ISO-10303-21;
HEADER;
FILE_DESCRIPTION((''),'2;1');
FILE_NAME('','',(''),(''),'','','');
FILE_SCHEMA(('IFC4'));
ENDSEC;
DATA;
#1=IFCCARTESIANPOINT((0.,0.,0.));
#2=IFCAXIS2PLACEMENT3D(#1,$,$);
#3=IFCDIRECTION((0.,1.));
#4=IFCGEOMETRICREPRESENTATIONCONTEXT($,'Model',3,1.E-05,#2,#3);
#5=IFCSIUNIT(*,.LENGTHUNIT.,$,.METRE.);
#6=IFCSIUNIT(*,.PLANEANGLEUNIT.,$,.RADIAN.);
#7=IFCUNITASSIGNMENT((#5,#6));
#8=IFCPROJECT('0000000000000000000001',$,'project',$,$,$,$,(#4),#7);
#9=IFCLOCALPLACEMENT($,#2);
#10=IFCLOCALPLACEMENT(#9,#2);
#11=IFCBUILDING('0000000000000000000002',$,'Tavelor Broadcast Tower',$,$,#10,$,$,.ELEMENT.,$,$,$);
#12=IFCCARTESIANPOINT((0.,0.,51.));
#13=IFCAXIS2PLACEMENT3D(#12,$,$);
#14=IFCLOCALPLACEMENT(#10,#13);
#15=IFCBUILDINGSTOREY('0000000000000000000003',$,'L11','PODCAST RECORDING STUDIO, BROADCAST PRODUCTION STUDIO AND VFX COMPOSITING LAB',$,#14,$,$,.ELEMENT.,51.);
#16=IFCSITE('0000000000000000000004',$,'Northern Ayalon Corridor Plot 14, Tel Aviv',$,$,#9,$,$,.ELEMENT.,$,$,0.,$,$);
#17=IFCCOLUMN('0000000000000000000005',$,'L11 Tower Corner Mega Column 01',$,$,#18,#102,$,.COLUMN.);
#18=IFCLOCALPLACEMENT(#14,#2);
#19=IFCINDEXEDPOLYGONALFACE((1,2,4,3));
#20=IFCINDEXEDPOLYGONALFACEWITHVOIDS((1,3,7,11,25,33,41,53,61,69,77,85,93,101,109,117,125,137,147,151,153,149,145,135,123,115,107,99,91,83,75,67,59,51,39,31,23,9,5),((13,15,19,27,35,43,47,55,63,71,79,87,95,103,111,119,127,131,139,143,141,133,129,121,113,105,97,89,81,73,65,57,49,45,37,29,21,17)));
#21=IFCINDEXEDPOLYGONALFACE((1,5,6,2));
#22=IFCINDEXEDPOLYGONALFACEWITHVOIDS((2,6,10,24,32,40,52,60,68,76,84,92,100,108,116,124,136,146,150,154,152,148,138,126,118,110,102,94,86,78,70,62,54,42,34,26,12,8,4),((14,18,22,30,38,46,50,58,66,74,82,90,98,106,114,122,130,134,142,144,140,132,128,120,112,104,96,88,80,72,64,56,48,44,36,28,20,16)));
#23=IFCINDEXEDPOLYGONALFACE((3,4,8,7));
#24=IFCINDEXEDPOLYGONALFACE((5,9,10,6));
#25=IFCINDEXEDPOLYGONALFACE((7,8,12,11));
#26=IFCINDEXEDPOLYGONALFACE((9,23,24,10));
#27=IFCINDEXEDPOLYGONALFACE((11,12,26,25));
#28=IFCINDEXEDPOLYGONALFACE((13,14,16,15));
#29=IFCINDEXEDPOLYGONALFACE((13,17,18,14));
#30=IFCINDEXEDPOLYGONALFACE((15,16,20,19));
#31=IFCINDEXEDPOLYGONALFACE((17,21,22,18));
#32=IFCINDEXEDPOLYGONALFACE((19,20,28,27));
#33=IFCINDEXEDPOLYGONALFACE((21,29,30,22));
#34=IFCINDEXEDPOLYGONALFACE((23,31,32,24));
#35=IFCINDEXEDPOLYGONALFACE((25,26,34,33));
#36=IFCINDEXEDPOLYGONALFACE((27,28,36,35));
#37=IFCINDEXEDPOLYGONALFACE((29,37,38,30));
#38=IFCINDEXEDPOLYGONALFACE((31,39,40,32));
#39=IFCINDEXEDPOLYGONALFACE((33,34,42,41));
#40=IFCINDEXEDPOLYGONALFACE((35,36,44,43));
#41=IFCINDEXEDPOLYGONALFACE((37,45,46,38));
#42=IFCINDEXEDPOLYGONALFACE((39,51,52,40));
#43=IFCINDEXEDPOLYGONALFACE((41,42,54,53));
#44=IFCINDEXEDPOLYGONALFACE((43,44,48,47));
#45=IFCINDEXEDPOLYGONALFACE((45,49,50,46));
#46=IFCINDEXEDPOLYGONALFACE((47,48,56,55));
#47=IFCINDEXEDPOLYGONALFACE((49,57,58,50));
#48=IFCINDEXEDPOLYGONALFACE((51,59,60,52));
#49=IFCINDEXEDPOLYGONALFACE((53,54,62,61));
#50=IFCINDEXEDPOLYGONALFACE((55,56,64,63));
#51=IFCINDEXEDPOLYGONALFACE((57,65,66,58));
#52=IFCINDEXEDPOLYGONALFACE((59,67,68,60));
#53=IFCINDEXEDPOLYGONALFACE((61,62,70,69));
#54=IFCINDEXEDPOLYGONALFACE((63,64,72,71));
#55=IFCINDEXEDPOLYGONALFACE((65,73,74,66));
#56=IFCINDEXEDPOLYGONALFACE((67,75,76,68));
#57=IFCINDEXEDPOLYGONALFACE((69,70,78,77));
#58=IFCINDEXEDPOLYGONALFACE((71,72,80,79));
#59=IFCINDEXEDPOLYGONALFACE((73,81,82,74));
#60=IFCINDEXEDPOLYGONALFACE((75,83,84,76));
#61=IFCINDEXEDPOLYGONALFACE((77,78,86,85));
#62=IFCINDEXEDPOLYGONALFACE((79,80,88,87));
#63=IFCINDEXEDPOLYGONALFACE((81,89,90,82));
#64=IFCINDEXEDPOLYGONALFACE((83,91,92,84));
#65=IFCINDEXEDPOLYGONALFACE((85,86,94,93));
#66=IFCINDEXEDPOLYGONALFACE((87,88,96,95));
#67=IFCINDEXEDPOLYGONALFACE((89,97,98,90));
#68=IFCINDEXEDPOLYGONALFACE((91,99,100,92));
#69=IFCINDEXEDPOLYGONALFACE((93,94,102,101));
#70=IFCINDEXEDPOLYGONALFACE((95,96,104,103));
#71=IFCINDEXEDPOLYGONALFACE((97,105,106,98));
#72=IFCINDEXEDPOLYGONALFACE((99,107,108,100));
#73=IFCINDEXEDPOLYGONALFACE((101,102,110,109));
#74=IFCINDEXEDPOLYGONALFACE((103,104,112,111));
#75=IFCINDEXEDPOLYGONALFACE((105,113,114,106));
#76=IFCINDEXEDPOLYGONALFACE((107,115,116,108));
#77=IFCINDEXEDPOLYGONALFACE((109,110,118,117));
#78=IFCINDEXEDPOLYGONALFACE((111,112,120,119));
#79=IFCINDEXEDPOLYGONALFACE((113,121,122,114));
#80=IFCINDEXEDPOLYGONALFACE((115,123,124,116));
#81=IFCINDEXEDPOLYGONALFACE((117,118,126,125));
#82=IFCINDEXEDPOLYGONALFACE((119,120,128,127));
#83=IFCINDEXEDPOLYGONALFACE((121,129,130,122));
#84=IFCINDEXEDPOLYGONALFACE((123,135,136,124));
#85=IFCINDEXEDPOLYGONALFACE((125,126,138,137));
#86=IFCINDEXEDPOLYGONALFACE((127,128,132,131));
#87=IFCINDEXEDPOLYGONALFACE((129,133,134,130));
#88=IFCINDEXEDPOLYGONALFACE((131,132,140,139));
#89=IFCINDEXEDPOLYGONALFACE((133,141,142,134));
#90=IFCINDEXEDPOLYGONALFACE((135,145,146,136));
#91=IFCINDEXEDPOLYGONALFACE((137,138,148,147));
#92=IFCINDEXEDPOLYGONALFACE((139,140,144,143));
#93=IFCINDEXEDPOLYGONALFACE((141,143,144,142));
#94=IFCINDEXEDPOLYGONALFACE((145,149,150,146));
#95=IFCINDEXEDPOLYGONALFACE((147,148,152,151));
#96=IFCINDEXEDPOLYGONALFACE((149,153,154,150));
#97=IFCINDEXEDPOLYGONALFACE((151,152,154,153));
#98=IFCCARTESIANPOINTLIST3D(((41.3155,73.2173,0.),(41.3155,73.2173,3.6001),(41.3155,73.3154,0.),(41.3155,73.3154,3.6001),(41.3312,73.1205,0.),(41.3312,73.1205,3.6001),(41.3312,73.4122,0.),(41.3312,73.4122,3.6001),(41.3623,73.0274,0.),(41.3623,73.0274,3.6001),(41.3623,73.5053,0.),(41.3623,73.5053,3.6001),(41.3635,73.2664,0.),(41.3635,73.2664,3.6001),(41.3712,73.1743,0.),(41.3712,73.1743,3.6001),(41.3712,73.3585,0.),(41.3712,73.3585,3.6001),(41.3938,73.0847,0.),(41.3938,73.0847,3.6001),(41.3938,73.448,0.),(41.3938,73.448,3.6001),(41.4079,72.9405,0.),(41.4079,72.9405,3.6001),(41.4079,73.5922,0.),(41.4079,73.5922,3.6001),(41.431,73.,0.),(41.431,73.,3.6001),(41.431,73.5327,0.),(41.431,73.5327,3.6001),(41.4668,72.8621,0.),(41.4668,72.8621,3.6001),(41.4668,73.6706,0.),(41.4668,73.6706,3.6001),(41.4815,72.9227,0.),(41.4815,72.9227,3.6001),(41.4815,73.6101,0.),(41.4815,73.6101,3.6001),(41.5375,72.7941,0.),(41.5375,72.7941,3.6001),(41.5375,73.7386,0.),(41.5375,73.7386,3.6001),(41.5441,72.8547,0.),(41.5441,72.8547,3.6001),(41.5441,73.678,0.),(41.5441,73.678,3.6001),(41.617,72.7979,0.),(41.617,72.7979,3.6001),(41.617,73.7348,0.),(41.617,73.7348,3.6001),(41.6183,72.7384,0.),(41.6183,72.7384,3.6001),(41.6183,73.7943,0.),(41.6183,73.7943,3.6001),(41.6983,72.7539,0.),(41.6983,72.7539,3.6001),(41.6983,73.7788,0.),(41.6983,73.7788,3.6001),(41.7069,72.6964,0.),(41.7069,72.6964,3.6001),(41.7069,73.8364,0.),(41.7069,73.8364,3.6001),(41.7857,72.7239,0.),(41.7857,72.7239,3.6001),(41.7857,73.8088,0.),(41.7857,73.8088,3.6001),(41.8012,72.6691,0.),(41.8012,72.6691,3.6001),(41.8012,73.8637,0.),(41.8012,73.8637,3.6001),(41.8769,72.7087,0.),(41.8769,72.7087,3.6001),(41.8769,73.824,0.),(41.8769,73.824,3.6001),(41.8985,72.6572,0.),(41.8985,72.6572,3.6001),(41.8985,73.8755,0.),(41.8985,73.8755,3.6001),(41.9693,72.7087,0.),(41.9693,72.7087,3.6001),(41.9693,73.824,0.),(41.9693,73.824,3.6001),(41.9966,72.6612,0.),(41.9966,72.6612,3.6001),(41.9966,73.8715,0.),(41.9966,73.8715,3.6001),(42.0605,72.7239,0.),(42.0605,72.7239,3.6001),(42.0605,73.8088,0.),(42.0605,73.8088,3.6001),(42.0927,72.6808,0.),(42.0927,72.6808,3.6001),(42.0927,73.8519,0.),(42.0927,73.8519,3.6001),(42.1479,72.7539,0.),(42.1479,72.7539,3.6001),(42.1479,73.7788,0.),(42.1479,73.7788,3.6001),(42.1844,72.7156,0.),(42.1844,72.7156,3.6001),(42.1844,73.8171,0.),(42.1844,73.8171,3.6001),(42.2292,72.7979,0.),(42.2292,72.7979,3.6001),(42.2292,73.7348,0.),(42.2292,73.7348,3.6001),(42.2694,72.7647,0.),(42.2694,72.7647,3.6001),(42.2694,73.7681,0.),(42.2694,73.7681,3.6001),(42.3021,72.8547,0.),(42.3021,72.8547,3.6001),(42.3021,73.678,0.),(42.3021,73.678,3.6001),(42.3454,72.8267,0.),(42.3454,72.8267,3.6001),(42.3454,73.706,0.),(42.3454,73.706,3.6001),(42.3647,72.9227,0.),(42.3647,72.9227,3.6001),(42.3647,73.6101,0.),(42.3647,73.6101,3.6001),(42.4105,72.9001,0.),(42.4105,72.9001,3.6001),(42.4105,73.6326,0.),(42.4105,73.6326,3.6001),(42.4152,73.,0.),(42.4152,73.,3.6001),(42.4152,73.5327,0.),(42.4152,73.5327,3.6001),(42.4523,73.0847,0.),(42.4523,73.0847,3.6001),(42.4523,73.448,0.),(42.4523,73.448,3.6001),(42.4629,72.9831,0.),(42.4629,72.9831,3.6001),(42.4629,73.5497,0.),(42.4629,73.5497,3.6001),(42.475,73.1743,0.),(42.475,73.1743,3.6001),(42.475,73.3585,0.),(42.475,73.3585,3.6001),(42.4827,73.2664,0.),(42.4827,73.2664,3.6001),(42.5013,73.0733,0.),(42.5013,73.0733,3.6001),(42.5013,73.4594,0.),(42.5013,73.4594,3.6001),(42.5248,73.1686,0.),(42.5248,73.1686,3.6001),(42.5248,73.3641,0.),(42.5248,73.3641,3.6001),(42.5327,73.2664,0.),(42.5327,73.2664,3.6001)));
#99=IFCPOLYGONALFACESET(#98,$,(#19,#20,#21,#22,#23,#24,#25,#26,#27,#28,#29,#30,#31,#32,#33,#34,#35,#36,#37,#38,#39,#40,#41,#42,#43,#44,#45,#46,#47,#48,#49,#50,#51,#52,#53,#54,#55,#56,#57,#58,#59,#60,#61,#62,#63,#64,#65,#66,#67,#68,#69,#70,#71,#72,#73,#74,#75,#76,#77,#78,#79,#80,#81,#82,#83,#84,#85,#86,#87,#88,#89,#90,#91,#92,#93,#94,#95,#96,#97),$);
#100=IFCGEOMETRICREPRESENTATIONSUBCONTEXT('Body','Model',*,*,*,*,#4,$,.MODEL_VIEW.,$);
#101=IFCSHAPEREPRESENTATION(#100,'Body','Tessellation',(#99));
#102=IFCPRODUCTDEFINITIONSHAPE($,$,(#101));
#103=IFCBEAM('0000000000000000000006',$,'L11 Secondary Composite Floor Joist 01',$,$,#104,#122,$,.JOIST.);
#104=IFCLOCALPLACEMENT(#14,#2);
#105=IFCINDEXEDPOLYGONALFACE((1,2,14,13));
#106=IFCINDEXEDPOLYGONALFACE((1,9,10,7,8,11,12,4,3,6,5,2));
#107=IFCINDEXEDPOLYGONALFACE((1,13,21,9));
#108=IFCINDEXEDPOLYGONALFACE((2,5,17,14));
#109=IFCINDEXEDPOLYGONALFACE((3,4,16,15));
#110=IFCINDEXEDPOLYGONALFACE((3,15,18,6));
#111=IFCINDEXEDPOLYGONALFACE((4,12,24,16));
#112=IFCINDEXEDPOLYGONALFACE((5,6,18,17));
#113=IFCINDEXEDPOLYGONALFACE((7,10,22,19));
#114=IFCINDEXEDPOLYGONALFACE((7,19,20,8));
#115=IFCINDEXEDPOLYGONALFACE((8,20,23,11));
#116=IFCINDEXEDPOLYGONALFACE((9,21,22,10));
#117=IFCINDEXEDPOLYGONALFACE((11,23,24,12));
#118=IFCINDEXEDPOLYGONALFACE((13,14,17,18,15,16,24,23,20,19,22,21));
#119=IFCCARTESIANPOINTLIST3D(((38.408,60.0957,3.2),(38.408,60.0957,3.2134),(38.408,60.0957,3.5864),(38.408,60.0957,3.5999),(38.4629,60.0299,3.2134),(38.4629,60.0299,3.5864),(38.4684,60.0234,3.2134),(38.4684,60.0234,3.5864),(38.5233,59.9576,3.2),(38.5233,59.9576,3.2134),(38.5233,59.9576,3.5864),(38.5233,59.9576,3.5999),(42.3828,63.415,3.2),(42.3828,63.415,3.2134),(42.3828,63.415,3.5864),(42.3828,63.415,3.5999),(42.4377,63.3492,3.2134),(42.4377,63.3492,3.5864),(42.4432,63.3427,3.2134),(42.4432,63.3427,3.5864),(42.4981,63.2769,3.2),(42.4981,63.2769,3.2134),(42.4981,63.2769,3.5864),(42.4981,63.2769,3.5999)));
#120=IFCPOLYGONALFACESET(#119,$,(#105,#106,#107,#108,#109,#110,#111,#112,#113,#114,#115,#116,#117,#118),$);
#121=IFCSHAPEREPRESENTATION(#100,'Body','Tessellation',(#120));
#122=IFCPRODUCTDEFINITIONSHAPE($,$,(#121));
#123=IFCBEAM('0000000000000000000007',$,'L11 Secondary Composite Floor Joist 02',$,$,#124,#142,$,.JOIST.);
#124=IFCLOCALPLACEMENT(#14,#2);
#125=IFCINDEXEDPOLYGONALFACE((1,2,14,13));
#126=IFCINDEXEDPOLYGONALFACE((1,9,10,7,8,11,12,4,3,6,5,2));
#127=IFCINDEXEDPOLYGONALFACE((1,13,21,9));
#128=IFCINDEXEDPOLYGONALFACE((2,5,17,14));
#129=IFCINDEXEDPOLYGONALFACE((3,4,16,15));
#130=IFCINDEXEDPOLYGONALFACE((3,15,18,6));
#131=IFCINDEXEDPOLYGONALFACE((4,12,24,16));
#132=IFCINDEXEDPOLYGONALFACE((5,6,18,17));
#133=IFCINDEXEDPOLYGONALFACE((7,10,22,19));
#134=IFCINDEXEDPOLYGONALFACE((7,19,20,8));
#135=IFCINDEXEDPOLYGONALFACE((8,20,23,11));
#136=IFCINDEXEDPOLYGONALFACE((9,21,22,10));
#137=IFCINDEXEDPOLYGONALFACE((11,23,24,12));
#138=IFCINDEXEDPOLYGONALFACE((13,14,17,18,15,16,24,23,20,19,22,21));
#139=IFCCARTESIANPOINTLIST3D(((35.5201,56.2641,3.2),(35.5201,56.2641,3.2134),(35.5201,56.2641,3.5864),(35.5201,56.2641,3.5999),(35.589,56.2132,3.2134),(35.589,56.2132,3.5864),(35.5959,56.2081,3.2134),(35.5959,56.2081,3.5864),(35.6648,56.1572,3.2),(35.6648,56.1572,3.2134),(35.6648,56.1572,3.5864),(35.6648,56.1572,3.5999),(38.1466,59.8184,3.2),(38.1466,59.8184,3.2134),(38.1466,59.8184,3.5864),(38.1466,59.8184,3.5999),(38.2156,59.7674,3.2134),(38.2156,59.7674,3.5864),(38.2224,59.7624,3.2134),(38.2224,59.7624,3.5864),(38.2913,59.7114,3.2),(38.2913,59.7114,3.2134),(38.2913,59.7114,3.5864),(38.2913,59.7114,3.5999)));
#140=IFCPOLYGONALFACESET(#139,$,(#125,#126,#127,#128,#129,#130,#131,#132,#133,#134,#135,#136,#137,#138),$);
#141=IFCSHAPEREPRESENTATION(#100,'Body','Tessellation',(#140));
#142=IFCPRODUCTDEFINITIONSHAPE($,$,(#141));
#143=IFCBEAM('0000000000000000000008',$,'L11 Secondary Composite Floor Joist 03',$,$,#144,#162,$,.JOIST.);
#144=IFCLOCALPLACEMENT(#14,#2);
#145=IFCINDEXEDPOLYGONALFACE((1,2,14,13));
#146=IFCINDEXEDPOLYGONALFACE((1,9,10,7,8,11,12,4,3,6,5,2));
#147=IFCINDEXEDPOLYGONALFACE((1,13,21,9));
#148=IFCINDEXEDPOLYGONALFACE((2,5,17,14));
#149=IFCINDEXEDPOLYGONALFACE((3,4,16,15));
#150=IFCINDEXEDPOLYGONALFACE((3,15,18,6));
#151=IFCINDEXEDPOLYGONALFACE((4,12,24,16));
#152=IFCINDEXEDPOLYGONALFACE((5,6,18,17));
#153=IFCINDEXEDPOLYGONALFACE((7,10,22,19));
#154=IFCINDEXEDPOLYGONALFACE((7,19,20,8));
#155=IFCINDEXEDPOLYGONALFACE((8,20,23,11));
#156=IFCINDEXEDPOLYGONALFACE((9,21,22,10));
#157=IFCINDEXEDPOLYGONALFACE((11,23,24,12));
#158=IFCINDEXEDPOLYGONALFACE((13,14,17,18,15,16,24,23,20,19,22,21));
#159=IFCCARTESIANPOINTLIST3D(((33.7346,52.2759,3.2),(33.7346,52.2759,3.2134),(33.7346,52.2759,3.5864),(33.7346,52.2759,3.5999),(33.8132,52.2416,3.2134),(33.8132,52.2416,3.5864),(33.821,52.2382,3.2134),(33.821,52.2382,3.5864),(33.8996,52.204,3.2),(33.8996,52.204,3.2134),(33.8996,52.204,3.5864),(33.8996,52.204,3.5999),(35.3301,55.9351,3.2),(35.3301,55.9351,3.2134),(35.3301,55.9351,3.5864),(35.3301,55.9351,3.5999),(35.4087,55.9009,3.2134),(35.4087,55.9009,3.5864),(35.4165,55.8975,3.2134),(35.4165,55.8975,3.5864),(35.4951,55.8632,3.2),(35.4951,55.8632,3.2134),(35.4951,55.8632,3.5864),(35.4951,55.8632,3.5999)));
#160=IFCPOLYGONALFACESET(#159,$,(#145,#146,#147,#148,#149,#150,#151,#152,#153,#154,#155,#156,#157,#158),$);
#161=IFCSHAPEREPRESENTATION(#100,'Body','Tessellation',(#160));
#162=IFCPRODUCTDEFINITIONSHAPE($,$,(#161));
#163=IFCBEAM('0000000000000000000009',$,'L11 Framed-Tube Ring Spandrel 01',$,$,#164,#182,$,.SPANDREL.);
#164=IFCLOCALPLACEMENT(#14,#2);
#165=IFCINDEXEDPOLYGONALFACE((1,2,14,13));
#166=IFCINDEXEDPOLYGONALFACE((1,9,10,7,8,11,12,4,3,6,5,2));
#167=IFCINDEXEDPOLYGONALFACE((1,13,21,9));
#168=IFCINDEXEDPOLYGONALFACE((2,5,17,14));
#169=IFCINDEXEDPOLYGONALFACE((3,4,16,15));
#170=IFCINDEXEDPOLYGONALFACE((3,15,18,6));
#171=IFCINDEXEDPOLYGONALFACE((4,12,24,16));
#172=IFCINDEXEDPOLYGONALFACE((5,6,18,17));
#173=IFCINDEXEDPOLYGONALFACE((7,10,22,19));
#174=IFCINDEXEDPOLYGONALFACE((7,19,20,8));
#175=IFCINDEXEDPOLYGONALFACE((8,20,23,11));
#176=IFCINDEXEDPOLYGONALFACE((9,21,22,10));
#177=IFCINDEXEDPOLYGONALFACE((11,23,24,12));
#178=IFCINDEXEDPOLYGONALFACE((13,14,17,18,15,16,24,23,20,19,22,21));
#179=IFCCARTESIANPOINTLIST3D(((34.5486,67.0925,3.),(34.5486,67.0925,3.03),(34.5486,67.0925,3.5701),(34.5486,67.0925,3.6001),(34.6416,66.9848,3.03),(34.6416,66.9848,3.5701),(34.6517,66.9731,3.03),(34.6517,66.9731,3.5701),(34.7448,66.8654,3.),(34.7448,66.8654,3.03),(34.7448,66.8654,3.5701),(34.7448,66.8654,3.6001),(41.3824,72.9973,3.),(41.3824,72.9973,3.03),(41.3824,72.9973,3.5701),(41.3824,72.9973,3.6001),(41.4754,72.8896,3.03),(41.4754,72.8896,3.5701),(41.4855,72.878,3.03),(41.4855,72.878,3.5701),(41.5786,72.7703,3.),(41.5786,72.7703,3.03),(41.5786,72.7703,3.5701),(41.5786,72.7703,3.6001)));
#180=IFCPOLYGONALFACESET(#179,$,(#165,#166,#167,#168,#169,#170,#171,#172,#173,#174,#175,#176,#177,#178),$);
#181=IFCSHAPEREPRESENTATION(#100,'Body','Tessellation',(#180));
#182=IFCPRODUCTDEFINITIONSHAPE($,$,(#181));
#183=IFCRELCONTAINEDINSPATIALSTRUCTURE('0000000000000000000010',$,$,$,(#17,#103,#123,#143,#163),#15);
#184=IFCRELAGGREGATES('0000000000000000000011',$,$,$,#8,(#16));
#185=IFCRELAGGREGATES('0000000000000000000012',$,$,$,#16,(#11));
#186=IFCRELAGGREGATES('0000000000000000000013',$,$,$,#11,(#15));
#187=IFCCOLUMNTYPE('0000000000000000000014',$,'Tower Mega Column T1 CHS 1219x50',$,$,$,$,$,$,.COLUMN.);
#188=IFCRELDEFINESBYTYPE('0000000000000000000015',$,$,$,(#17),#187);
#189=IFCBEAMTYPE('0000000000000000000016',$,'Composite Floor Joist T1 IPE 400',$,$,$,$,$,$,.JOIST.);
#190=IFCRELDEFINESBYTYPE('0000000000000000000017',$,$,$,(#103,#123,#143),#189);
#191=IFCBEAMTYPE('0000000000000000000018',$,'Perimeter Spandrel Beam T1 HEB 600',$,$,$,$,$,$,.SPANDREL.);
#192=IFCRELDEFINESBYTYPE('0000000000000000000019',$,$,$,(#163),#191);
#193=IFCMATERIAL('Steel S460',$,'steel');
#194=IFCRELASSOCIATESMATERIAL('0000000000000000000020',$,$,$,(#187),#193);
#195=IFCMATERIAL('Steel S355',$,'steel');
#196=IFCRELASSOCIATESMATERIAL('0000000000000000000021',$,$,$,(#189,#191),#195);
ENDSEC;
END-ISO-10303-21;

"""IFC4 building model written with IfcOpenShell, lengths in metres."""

from ifc_helpers import new_model, si_unit, direction, frame, origin, origin_2d, place, context, subcontext, project, spatial, hollow_circle, i_section, extrude, material, material_profile, profile_set, type_object, element, save


model = new_model("IFC4")

# Units and contexts
model_context = context("Model", 3, precision=1e-05, world=origin(), true_north=direction((0.0, 1.0)))
body_context = subcontext(model_context, "Body", "Model", "MODEL_VIEW")
ifc_project = project(units=[si_unit("LENGTHUNIT", "METRE"), si_unit("PLANEANGLEUNIT", "RADIAN")], contexts=[model_context])

# Site, building, storey
site_placement = place(None, origin())
site = spatial("IfcSite", under=ifc_project, at=site_placement, Name="Northern Ayalon Corridor Plot 14, Tel Aviv", CompositionType="ELEMENT", RefElevation=0.0)
building_placement = place(site_placement, origin())
building = spatial("IfcBuilding", under=site, at=building_placement, Name="Tavelor Broadcast Tower", CompositionType="ELEMENT")
storey_placement = place(building_placement, frame((0.0, 0.0, 51.0)))
storey = spatial("IfcBuildingStorey", under=building, at=storey_placement, Name="L11", Description="PODCAST RECORDING STUDIO, BROADCAST PRODUCTION STUDIO AND VFX COMPOSITING LAB", CompositionType="ELEMENT", Elevation=51.0)

# Column
ifc_material_1 = material(Name="Steel S460", Category="steel")
ifc_material_profile_1 = material_profile(ifc_material_1, hollow_circle(Radius=0.6096, WallThickness=0.05, at=origin_2d()), Name="CHS 1219x50")
ifc_profile_set_1 = profile_set([ifc_material_profile_1], Name="Steel S460")
column_type = type_object("IfcColumnType", Name="Tower Mega Column T1 CHS 1219x50", PredefinedType="COLUMN", material=ifc_profile_set_1)
column_placement = place(storey_placement, frame((41.9231, 73.2664, 0.0), z_axis=(0.0, 0.0, 1.0), x_axis=(1.0, 0.0, 0.0)))
element("IfcColumn", 1, at=column_placement, inside=storey, type_object=column_type, Name="L11 Tower Corner Mega Column 01", PredefinedType="COLUMN", context=body_context, shape_type="SweptSolid", body=[
    extrude(hollow_circle(Radius=0.6096, WallThickness=0.05, at=origin_2d()), origin(), (0.0, 0.0, 1.0), 3.6001),
])

# Beams
ifc_material_2 = material(Name="Steel S355", Category="steel")
ifc_material_profile_2 = material_profile(ifc_material_2, i_section(OverallWidth=0.1799, OverallDepth=0.3999, WebThickness=0.0085, FlangeThickness=0.0134, at=origin_2d()), Name="IPE 400")
ifc_profile_set_2 = profile_set([ifc_material_profile_2], Name="Steel S355")
beam_type_1 = type_object("IfcBeamType", Name="Composite Floor Joist T1 IPE 400", PredefinedType="JOIST", material=ifc_profile_set_2)
beam_1_placement = place(storey_placement, frame((42.4404, 63.3459, 3.3999), z_axis=(-0.76756, -0.640977, 0.0), x_axis=(0.640977, -0.76756, 0.0)))
element("IfcBeam", 2, at=beam_1_placement, inside=storey, type_object=beam_type_1, Name="L11 Secondary Composite Floor Joist 01", PredefinedType="JOIST", context=body_context, shape_type="SweptSolid", body=[
    extrude(i_section(OverallWidth=0.1799, OverallDepth=0.3999, WebThickness=0.0085, FlangeThickness=0.0134, at=origin_2d()), origin(), (0.0, 0.0, 1.0), 5.1785),
])
beam_2_placement = place(storey_placement, frame((38.219, 59.7649, 3.3999), z_axis=(-0.59431, -0.804236, 0.0), x_axis=(0.804236, -0.59431, 0.0)))
element("IfcBeam", 3, at=beam_2_placement, inside=storey, type_object=beam_type_1, Name="L11 Secondary Composite Floor Joist 02", PredefinedType="JOIST", context=body_context, shape_type="SweptSolid", body=[
    extrude(i_section(OverallWidth=0.1799, OverallDepth=0.3999, WebThickness=0.0085, FlangeThickness=0.0134, at=origin_2d()), origin(), (0.0, 0.0, 1.0), 4.4194),
])
beam_3_placement = place(storey_placement, frame((35.4126, 55.8992, 3.3999), z_axis=(-0.399676, -0.916656, 0.0), x_axis=(0.916656, -0.399676, 0.0)))
element("IfcBeam", 4, at=beam_3_placement, inside=storey, type_object=beam_type_1, Name="L11 Secondary Composite Floor Joist 03", PredefinedType="JOIST", context=body_context, shape_type="SweptSolid", body=[
    extrude(i_section(OverallWidth=0.1799, OverallDepth=0.3999, WebThickness=0.0085, FlangeThickness=0.0134, at=origin_2d()), origin(), (0.0, 0.0, 1.0), 3.9919),
])
ifc_material_profile_3 = material_profile(ifc_material_2, i_section(OverallWidth=0.3, OverallDepth=0.6001, WebThickness=0.0154, FlangeThickness=0.03, at=origin_2d()), Name="HEB 600")
ifc_profile_set_3 = profile_set([ifc_material_profile_3], Name="Steel S355")
beam_type_2 = type_object("IfcBeamType", Name="Perimeter Spandrel Beam T1 HEB 600", PredefinedType="SPANDREL", material=ifc_profile_set_3)
beam_4_placement = place(storey_placement, frame((41.4805, 72.8838, 3.3), z_axis=(-0.756663, -0.653805, 0.0), x_axis=(0.653805, -0.756663, 0.0)))
element("IfcBeam", 5, at=beam_4_placement, inside=storey, type_object=beam_type_2, Name="L11 Framed-Tube Ring Spandrel 01", PredefinedType="SPANDREL", context=body_context, shape_type="SweptSolid", body=[
    extrude(i_section(OverallWidth=0.3, OverallDepth=0.6001, WebThickness=0.0154, FlangeThickness=0.03, at=origin_2d()), origin(), (0.0, 0.0, 1.0), 9.0315),
])

save(model, "model.ifc")
